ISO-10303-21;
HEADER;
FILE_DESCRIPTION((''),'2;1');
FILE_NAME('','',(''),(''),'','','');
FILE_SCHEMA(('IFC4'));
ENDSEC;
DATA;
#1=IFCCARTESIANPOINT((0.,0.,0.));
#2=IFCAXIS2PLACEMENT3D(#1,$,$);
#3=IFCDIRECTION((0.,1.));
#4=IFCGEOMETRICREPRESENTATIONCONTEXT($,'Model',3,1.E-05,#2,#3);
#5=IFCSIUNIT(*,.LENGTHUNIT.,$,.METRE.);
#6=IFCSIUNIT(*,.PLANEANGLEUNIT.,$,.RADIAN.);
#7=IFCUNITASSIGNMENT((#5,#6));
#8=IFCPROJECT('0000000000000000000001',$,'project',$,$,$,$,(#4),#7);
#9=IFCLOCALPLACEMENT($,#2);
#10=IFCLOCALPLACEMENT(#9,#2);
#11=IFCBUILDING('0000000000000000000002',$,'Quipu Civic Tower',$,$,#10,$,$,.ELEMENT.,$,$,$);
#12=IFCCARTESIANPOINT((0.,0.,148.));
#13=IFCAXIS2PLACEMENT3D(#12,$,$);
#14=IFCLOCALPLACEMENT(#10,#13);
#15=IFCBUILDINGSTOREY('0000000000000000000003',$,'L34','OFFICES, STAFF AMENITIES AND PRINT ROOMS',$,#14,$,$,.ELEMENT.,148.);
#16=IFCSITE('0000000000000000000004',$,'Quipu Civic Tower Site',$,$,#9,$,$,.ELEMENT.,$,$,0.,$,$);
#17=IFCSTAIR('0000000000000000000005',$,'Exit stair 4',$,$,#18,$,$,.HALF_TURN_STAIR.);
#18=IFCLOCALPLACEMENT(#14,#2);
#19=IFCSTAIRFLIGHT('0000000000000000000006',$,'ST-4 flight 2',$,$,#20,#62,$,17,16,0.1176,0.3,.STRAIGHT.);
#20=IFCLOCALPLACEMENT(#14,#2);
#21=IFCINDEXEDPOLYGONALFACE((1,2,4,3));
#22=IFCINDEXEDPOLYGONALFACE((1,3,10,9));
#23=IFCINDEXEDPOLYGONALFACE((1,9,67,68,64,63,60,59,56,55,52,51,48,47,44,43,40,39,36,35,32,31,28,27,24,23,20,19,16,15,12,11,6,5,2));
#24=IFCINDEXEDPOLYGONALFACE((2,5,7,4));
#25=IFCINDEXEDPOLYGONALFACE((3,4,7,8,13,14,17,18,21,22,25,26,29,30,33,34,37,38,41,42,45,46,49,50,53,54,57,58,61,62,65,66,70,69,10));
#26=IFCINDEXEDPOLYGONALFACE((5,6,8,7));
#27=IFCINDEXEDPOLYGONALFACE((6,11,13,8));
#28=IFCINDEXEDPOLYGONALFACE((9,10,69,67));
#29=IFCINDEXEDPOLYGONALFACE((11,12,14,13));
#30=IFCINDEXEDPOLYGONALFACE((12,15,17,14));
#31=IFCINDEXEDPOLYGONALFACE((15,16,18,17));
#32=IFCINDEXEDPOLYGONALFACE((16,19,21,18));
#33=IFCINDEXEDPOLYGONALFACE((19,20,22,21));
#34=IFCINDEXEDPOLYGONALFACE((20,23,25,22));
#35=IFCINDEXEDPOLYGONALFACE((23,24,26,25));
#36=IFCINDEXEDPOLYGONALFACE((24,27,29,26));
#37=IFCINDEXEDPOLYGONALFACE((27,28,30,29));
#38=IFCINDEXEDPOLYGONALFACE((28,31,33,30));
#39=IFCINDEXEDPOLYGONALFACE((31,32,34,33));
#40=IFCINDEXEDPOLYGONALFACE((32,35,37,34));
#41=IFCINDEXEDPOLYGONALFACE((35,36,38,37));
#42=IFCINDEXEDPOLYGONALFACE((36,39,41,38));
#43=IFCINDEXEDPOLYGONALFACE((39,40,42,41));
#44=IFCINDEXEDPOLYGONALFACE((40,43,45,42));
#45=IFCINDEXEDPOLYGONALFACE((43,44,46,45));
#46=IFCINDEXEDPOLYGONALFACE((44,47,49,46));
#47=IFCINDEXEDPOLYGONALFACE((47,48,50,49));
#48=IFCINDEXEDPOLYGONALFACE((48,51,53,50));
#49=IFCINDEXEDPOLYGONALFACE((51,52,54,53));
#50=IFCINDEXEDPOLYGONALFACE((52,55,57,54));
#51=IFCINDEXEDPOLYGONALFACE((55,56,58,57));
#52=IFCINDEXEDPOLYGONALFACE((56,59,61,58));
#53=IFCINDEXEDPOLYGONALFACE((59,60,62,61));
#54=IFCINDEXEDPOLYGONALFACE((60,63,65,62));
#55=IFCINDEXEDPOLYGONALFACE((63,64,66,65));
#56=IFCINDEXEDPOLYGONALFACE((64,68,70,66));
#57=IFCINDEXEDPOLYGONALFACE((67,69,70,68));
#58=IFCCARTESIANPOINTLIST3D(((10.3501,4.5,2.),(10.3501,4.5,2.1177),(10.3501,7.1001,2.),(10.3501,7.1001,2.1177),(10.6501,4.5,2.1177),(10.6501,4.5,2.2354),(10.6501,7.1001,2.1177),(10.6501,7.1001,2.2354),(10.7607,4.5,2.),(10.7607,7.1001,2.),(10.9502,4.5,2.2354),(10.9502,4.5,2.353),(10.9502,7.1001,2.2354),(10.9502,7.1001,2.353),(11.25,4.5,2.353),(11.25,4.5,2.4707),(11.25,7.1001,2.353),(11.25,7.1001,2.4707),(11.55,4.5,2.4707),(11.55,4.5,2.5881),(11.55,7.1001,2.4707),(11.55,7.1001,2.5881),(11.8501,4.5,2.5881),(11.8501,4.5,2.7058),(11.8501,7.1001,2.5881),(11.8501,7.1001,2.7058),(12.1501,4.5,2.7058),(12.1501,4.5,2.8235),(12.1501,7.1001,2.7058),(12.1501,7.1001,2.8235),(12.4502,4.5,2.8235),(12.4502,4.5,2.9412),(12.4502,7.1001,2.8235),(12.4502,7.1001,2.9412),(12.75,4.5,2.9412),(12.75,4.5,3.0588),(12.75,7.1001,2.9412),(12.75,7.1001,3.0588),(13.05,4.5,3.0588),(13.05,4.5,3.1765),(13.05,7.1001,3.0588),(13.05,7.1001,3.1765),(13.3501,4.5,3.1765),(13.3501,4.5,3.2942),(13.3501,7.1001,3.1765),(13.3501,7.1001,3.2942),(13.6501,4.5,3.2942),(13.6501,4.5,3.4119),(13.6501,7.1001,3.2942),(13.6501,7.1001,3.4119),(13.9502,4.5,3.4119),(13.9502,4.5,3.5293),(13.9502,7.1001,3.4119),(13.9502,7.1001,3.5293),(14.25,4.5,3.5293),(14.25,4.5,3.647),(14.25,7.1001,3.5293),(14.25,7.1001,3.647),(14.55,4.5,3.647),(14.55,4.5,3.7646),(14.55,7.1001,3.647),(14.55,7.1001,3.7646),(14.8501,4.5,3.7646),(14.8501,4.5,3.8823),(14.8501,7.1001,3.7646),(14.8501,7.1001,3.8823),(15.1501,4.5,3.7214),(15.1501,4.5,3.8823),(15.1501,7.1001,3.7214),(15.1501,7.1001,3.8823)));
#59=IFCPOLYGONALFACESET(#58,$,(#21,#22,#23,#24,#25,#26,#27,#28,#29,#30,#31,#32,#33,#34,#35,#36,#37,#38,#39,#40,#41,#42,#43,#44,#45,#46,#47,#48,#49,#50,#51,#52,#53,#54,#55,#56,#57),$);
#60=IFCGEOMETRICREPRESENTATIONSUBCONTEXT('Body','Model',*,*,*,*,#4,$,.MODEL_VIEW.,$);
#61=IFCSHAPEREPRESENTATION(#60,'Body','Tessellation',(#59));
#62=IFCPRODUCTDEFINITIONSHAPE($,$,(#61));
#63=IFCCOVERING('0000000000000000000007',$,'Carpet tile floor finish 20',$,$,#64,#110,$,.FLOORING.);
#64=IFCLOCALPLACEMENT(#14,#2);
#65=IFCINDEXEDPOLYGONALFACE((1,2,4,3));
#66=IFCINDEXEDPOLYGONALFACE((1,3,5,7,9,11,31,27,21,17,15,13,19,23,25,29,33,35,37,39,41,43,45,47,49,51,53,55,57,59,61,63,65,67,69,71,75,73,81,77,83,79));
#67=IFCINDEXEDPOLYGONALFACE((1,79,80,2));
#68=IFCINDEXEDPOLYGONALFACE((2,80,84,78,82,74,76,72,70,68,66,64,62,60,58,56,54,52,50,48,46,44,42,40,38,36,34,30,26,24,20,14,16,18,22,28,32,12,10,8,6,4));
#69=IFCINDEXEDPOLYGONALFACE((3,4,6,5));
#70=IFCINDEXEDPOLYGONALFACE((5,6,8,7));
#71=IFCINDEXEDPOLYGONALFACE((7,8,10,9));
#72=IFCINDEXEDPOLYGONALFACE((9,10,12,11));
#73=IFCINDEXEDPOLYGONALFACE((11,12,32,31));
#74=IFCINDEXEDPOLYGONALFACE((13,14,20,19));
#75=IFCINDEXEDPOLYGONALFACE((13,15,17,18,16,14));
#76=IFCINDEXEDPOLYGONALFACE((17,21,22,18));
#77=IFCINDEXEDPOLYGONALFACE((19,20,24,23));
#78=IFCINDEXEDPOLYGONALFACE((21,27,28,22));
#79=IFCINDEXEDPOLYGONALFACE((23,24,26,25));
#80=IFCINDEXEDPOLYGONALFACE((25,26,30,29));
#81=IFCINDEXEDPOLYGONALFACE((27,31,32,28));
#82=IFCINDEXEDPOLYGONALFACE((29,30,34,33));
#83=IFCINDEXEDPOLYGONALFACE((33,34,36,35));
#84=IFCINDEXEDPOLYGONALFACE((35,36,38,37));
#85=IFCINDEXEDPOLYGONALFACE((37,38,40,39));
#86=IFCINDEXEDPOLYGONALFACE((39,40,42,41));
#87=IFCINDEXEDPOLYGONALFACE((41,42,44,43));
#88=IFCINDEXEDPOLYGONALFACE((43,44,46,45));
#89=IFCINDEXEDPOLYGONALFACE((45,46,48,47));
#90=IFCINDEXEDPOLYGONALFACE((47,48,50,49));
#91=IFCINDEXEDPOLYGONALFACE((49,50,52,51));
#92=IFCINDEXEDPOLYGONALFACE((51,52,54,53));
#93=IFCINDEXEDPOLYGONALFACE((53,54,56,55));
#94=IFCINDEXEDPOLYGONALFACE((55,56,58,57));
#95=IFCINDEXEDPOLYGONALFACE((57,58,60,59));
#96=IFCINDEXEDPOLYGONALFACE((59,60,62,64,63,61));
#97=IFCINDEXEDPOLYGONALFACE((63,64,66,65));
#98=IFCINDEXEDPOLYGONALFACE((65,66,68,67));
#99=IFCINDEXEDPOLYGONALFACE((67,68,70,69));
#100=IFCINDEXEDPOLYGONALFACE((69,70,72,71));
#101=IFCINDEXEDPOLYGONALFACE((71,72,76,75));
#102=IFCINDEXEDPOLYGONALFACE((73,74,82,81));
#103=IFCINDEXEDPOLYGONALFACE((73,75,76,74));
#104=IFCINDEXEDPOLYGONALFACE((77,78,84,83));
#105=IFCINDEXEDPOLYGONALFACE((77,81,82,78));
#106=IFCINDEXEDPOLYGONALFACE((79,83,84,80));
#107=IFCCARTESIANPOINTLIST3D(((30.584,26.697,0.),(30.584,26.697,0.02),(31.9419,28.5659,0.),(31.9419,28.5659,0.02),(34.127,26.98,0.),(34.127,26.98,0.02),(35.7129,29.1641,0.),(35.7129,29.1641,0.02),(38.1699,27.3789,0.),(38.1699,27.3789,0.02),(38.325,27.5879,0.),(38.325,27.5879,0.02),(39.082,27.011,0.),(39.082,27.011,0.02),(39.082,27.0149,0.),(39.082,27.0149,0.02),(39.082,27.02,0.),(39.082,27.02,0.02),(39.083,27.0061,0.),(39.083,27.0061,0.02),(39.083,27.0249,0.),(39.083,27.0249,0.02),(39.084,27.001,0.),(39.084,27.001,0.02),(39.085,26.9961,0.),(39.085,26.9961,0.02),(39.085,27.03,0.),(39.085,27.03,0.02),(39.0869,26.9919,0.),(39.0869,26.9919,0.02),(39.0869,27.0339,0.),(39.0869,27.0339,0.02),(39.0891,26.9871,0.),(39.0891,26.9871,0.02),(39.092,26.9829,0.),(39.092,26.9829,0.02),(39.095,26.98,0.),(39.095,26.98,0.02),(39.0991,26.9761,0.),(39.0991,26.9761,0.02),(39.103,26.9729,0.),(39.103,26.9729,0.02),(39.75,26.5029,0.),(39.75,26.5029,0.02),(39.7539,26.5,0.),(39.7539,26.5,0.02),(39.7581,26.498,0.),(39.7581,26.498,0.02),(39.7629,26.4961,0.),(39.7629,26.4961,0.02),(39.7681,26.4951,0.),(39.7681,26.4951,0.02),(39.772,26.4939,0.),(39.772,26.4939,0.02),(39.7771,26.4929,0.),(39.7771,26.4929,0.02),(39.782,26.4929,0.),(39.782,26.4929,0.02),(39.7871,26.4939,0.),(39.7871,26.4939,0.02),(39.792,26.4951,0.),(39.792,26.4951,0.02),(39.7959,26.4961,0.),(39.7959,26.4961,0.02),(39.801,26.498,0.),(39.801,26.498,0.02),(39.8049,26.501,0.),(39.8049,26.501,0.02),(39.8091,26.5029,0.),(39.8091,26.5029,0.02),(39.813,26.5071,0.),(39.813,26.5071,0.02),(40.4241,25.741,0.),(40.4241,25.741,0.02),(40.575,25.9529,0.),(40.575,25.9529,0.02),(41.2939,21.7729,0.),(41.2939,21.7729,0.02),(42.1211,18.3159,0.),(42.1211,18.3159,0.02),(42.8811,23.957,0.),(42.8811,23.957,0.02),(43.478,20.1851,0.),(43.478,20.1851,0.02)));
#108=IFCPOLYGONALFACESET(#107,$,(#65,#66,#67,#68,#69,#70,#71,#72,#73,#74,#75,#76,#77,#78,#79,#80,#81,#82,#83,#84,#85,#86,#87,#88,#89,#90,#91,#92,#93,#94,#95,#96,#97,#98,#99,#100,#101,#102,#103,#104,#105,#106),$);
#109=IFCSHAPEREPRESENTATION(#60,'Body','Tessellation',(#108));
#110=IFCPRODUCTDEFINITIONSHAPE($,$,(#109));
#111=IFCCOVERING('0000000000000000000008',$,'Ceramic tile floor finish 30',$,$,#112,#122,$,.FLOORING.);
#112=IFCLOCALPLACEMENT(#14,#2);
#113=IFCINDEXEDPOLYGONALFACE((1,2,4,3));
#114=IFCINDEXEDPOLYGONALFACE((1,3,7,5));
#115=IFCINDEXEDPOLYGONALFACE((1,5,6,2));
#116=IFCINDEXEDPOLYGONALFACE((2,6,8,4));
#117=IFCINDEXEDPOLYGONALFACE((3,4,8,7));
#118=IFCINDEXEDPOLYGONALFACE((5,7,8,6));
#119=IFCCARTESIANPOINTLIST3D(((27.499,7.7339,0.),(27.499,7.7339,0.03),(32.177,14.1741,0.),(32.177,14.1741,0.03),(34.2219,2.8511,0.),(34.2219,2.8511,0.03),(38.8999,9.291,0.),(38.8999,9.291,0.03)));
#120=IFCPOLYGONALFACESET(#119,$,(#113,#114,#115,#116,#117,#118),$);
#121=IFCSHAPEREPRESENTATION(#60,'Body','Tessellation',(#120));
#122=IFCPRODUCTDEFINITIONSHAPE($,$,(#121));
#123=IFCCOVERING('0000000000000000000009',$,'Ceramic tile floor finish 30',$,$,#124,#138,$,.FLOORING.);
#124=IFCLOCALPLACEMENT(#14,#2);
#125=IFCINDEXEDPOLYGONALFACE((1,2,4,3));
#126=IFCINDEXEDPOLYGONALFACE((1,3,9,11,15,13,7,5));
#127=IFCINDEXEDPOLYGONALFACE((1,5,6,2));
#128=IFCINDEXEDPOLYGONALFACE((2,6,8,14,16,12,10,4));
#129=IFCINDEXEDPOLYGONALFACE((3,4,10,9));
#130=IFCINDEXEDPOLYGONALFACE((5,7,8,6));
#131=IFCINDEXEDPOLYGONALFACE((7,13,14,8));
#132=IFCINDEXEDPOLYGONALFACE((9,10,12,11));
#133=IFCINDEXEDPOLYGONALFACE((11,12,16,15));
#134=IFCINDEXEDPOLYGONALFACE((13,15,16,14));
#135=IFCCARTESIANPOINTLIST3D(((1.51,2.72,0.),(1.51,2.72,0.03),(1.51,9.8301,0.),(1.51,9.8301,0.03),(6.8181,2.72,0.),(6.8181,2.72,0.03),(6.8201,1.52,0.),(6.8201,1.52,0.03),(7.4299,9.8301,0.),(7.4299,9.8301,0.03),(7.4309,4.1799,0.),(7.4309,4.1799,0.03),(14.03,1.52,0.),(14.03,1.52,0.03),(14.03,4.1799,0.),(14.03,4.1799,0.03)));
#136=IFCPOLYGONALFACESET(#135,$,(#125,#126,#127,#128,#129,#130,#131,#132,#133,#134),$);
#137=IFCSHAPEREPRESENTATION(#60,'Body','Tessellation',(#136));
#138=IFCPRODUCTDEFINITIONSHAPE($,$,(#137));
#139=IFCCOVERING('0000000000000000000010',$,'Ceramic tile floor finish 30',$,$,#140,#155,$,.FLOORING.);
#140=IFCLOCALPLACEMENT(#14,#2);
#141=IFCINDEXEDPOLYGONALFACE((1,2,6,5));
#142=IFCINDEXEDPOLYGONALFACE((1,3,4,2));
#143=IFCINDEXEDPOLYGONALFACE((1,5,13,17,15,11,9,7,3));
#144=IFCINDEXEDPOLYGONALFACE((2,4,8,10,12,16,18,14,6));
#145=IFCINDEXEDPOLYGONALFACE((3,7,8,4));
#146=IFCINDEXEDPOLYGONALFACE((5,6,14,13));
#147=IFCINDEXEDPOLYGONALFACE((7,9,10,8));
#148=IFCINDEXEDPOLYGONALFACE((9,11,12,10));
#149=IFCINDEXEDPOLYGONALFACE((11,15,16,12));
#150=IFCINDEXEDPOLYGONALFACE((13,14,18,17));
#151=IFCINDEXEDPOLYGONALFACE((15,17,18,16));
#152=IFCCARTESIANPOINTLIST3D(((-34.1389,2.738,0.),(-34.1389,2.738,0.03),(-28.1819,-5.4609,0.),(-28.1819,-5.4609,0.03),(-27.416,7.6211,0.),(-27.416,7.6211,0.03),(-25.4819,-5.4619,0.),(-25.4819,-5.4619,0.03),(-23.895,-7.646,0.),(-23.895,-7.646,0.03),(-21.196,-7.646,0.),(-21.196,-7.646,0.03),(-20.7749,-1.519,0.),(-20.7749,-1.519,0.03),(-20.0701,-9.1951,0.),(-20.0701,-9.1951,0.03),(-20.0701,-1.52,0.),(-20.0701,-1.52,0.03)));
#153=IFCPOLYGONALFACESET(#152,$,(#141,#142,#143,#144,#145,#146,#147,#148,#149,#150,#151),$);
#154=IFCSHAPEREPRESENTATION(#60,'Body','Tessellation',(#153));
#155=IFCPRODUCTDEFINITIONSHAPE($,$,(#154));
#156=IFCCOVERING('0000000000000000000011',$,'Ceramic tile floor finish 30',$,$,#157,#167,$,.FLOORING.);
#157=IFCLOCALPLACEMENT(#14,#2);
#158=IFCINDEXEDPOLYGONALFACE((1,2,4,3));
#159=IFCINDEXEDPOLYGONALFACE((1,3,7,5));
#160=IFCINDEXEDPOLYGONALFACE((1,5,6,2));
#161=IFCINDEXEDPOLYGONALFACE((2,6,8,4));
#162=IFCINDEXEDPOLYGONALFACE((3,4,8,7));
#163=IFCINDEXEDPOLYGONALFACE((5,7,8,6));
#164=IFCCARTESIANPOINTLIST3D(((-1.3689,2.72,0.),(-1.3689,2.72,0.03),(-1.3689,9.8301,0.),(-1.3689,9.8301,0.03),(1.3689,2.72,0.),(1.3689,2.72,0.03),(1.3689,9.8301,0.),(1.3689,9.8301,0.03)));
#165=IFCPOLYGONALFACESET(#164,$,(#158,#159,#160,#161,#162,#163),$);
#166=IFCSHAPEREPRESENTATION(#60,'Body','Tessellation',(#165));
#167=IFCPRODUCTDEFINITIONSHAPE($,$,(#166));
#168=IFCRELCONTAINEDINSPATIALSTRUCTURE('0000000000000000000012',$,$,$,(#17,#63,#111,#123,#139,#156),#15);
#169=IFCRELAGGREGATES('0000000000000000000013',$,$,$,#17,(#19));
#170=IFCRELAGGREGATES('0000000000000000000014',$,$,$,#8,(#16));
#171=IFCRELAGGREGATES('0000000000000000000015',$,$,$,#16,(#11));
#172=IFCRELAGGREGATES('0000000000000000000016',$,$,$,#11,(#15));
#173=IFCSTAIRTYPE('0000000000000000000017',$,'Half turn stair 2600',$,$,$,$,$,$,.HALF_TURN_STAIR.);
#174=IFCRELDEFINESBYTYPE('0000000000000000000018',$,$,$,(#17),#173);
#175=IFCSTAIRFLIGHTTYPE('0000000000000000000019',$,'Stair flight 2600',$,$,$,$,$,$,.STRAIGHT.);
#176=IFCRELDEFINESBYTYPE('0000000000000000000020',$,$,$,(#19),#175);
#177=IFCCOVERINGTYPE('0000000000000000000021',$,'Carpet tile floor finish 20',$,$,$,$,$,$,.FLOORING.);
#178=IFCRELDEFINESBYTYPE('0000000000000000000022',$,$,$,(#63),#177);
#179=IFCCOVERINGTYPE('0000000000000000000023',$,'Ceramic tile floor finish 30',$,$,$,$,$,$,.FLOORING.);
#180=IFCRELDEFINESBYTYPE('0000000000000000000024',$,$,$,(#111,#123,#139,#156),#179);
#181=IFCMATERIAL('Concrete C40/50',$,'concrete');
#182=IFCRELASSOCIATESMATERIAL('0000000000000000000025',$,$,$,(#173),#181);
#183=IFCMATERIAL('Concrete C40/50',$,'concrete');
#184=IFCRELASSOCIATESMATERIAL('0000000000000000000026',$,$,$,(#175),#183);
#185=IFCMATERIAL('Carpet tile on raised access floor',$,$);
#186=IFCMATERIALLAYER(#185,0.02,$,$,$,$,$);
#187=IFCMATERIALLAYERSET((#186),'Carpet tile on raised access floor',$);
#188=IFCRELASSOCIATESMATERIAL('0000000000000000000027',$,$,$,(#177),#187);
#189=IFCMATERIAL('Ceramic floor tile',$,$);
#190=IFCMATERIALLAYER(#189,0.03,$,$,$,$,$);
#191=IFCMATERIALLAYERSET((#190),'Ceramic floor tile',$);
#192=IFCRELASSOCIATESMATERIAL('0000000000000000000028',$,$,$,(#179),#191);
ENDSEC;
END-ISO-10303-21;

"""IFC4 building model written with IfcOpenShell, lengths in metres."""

from ifc_helpers import new_model, si_unit, direction, frame, origin, place, context, subcontext, project, spatial, polyline, outline, extrude, material, layer, layer_set, type_object, element, aggregate, save


model = new_model("IFC4")

# Units and contexts
model_context = context("Model", 3, precision=1e-05, world=origin(), true_north=direction((0.0, 1.0)))
body_context = subcontext(model_context, "Body", "Model", "MODEL_VIEW")
ifc_project = project(units=[si_unit("LENGTHUNIT", "METRE"), si_unit("PLANEANGLEUNIT", "RADIAN")], contexts=[model_context])

# Site, building, storey
site_placement = place(None, origin())
site = spatial("IfcSite", under=ifc_project, at=site_placement, Name="Quipu Civic Tower Site", CompositionType="ELEMENT", RefElevation=0.0)
building_placement = place(site_placement, origin())
building = spatial("IfcBuilding", under=site, at=building_placement, Name="Quipu Civic Tower", CompositionType="ELEMENT")
storey_placement = place(building_placement, frame((0.0, 0.0, 148.0)))
storey = spatial("IfcBuildingStorey", under=building, at=storey_placement, Name="L34", Description="OFFICES, STAFF AMENITIES AND PRINT ROOMS", CompositionType="ELEMENT", Elevation=148.0)

# Stair, stair flight
ifc_material_1 = material(Name="Concrete C40/50", Category="concrete")
stair_type = type_object("IfcStairType", Name="Half turn stair 2600", PredefinedType="HALF_TURN_STAIR", material=ifc_material_1)
stair_placement = place(storey_placement, origin())
stair = element("IfcStair", 1, at=stair_placement, inside=storey, type_object=stair_type, Name="Exit stair 4", PredefinedType="HALF_TURN_STAIR")
ifc_material_2 = material(Name="Concrete C40/50", Category="concrete")
stair_flight_type = type_object("IfcStairFlightType", Name="Stair flight 2600", PredefinedType="STRAIGHT", material=ifc_material_2)
stair_flight_1_placement = place(storey_placement, frame((10.3501, 5.8, 2.0), z_axis=(0.0, 0.0, 1.0), x_axis=(1.0, 0.0, 0.0)))
stair_flight_1 = element("IfcStairFlight", 2, at=stair_flight_1_placement, type_object=stair_flight_type, Name="ST-4 flight 2", NumberOfRisers=17, NumberOfTreads=16, PredefinedType="STRAIGHT", RiserHeight=0.1176, TreadLength=0.3, context=body_context, shape_type="SweptSolid", body=[
    extrude(outline(polyline([(0.0, 0.0), (0.0, 0.1177), (0.3, 0.1177), (0.3, 0.2354), (0.6001, 0.2354), (0.6001, 0.353), (0.8999, 0.353), (0.8999, 0.4707), (1.2, 0.4707), (1.2, 0.5881), (1.5, 0.5881), (1.5, 0.7058), (1.8, 0.7058), (1.8, 0.8235), (2.1001, 0.8235), (2.1001, 0.9412), (2.3999, 0.9412), (2.3999, 1.0588), (2.7, 1.0588), (2.7, 1.1765), (3.0, 1.1765), (3.0, 1.2942), (3.3, 1.2942), (3.3, 1.4119), (3.6001, 1.4119), (3.6001, 1.5293), (3.8999, 1.5293), (3.8999, 1.647), (4.2, 1.647), (4.2, 1.7646), (4.5, 1.7646), (4.5, 1.8823), (4.8, 1.8823), (4.8, 2.0), (4.8, 1.7214), (0.4106, 0.0), (0.0, 0.0)])), frame((0.0, 1.3, 0.0), z_axis=(0.0, -1.0, 0.0), x_axis=(1.0, 0.0, 0.0)), (0.0, 0.0, 1.0), 2.6001),
])
aggregate(stair, [stair_flight_1])

# Coverings
ifc_material_3 = material(Name="Carpet tile on raised access floor")
ifc_layer_1 = layer(ifc_material_3, 0.02)
ifc_layer_set_1 = layer_set([ifc_layer_1], Name="Carpet tile on raised access floor")
covering_type_1 = type_object("IfcCoveringType", Name="Carpet tile floor finish 20", PredefinedType="FLOORING", material=ifc_layer_set_1)
covering_1_placement = place(storey_placement, origin())
element("IfcCovering", 3, at=covering_1_placement, inside=storey, type_object=covering_type_1, Name="Carpet tile floor finish 20", PredefinedType="FLOORING", context=body_context, shape_type="SweptSolid", body=[
    extrude(outline(polyline([(30.584, 26.697), (31.9419, 28.5659), (34.127, 26.98), (35.7129, 29.1641), (38.1699, 27.3789), (38.325, 27.5879), (39.0869, 27.0339), (39.085, 27.03), (39.083, 27.0249), (39.082, 27.02), (39.082, 27.0149), (39.082, 27.011), (39.083, 27.0061), (39.084, 27.001), (39.085, 26.9961), (39.0869, 26.9919), (39.0891, 26.9871), (39.092, 26.9829), (39.095, 26.98), (39.0991, 26.9761), (39.103, 26.9729), (39.75, 26.5029), (39.7539, 26.5), (39.7581, 26.498), (39.7629, 26.4961), (39.7681, 26.4951), (39.772, 26.4939), (39.7771, 26.4929), (39.782, 26.4929), (39.7871, 26.4939), (39.792, 26.4951), (39.7959, 26.4961), (39.801, 26.498), (39.8049, 26.501), (39.8091, 26.5029), (39.813, 26.5071), (40.575, 25.9529), (40.4241, 25.741), (42.8811, 23.957), (41.2939, 21.7729), (43.478, 20.1851), (42.1211, 18.3159), (30.584, 26.697)])), origin(), (0.0, 0.0, 1.0), 0.02),
])
ifc_material_4 = material(Name="Ceramic floor tile")
ifc_layer_2 = layer(ifc_material_4, 0.03)
ifc_layer_set_2 = layer_set([ifc_layer_2], Name="Ceramic floor tile")
covering_type_2 = type_object("IfcCoveringType", Name="Ceramic tile floor finish 30", PredefinedType="FLOORING", material=ifc_layer_set_2)
covering_2_placement = place(storey_placement, origin())
element("IfcCovering", 4, at=covering_2_placement, inside=storey, type_object=covering_type_2, Name="Ceramic tile floor finish 30", PredefinedType="FLOORING", context=body_context, shape_type="SweptSolid", body=[
    extrude(outline(polyline([(27.499, 7.7339), (32.177, 14.1741), (38.8999, 9.291), (34.2219, 2.8511), (27.499, 7.7339)])), origin(), (0.0, 0.0, 1.0), 0.03),
])
covering_3_placement = place(storey_placement, origin())
element("IfcCovering", 5, at=covering_3_placement, inside=storey, type_object=covering_type_2, Name="Ceramic tile floor finish 30", PredefinedType="FLOORING", context=body_context, shape_type="SweptSolid", body=[
    extrude(outline(polyline([(1.51, 2.72), (1.51, 9.8301), (7.4299, 9.8301), (7.4309, 4.1799), (14.03, 4.1799), (14.03, 1.52), (6.8201, 1.52), (6.8181, 2.72), (1.51, 2.72)])), origin(), (0.0, 0.0, 1.0), 0.03),
])
covering_4_placement = place(storey_placement, origin())
element("IfcCovering", 6, at=covering_4_placement, inside=storey, type_object=covering_type_2, Name="Ceramic tile floor finish 30", PredefinedType="FLOORING", context=body_context, shape_type="SweptSolid", body=[
    extrude(outline(polyline([(-34.1389, 2.738), (-27.416, 7.6211), (-20.7749, -1.519), (-20.0701, -1.52), (-20.0701, -9.1951), (-21.196, -7.646), (-23.895, -7.646), (-25.4819, -5.4619), (-28.1819, -5.4609), (-34.1389, 2.738)])), origin(), (0.0, 0.0, 1.0), 0.03),
])
covering_5_placement = place(storey_placement, origin())
element("IfcCovering", 7, at=covering_5_placement, inside=storey, type_object=covering_type_2, Name="Ceramic tile floor finish 30", PredefinedType="FLOORING", context=body_context, shape_type="SweptSolid", body=[
    extrude(outline(polyline([(-1.3689, 2.72), (-1.3689, 9.8301), (1.3689, 9.8301), (1.3689, 2.72), (-1.3689, 2.72)])), origin(), (0.0, 0.0, 1.0), 0.03),
])

save(model, "model.ifc")
